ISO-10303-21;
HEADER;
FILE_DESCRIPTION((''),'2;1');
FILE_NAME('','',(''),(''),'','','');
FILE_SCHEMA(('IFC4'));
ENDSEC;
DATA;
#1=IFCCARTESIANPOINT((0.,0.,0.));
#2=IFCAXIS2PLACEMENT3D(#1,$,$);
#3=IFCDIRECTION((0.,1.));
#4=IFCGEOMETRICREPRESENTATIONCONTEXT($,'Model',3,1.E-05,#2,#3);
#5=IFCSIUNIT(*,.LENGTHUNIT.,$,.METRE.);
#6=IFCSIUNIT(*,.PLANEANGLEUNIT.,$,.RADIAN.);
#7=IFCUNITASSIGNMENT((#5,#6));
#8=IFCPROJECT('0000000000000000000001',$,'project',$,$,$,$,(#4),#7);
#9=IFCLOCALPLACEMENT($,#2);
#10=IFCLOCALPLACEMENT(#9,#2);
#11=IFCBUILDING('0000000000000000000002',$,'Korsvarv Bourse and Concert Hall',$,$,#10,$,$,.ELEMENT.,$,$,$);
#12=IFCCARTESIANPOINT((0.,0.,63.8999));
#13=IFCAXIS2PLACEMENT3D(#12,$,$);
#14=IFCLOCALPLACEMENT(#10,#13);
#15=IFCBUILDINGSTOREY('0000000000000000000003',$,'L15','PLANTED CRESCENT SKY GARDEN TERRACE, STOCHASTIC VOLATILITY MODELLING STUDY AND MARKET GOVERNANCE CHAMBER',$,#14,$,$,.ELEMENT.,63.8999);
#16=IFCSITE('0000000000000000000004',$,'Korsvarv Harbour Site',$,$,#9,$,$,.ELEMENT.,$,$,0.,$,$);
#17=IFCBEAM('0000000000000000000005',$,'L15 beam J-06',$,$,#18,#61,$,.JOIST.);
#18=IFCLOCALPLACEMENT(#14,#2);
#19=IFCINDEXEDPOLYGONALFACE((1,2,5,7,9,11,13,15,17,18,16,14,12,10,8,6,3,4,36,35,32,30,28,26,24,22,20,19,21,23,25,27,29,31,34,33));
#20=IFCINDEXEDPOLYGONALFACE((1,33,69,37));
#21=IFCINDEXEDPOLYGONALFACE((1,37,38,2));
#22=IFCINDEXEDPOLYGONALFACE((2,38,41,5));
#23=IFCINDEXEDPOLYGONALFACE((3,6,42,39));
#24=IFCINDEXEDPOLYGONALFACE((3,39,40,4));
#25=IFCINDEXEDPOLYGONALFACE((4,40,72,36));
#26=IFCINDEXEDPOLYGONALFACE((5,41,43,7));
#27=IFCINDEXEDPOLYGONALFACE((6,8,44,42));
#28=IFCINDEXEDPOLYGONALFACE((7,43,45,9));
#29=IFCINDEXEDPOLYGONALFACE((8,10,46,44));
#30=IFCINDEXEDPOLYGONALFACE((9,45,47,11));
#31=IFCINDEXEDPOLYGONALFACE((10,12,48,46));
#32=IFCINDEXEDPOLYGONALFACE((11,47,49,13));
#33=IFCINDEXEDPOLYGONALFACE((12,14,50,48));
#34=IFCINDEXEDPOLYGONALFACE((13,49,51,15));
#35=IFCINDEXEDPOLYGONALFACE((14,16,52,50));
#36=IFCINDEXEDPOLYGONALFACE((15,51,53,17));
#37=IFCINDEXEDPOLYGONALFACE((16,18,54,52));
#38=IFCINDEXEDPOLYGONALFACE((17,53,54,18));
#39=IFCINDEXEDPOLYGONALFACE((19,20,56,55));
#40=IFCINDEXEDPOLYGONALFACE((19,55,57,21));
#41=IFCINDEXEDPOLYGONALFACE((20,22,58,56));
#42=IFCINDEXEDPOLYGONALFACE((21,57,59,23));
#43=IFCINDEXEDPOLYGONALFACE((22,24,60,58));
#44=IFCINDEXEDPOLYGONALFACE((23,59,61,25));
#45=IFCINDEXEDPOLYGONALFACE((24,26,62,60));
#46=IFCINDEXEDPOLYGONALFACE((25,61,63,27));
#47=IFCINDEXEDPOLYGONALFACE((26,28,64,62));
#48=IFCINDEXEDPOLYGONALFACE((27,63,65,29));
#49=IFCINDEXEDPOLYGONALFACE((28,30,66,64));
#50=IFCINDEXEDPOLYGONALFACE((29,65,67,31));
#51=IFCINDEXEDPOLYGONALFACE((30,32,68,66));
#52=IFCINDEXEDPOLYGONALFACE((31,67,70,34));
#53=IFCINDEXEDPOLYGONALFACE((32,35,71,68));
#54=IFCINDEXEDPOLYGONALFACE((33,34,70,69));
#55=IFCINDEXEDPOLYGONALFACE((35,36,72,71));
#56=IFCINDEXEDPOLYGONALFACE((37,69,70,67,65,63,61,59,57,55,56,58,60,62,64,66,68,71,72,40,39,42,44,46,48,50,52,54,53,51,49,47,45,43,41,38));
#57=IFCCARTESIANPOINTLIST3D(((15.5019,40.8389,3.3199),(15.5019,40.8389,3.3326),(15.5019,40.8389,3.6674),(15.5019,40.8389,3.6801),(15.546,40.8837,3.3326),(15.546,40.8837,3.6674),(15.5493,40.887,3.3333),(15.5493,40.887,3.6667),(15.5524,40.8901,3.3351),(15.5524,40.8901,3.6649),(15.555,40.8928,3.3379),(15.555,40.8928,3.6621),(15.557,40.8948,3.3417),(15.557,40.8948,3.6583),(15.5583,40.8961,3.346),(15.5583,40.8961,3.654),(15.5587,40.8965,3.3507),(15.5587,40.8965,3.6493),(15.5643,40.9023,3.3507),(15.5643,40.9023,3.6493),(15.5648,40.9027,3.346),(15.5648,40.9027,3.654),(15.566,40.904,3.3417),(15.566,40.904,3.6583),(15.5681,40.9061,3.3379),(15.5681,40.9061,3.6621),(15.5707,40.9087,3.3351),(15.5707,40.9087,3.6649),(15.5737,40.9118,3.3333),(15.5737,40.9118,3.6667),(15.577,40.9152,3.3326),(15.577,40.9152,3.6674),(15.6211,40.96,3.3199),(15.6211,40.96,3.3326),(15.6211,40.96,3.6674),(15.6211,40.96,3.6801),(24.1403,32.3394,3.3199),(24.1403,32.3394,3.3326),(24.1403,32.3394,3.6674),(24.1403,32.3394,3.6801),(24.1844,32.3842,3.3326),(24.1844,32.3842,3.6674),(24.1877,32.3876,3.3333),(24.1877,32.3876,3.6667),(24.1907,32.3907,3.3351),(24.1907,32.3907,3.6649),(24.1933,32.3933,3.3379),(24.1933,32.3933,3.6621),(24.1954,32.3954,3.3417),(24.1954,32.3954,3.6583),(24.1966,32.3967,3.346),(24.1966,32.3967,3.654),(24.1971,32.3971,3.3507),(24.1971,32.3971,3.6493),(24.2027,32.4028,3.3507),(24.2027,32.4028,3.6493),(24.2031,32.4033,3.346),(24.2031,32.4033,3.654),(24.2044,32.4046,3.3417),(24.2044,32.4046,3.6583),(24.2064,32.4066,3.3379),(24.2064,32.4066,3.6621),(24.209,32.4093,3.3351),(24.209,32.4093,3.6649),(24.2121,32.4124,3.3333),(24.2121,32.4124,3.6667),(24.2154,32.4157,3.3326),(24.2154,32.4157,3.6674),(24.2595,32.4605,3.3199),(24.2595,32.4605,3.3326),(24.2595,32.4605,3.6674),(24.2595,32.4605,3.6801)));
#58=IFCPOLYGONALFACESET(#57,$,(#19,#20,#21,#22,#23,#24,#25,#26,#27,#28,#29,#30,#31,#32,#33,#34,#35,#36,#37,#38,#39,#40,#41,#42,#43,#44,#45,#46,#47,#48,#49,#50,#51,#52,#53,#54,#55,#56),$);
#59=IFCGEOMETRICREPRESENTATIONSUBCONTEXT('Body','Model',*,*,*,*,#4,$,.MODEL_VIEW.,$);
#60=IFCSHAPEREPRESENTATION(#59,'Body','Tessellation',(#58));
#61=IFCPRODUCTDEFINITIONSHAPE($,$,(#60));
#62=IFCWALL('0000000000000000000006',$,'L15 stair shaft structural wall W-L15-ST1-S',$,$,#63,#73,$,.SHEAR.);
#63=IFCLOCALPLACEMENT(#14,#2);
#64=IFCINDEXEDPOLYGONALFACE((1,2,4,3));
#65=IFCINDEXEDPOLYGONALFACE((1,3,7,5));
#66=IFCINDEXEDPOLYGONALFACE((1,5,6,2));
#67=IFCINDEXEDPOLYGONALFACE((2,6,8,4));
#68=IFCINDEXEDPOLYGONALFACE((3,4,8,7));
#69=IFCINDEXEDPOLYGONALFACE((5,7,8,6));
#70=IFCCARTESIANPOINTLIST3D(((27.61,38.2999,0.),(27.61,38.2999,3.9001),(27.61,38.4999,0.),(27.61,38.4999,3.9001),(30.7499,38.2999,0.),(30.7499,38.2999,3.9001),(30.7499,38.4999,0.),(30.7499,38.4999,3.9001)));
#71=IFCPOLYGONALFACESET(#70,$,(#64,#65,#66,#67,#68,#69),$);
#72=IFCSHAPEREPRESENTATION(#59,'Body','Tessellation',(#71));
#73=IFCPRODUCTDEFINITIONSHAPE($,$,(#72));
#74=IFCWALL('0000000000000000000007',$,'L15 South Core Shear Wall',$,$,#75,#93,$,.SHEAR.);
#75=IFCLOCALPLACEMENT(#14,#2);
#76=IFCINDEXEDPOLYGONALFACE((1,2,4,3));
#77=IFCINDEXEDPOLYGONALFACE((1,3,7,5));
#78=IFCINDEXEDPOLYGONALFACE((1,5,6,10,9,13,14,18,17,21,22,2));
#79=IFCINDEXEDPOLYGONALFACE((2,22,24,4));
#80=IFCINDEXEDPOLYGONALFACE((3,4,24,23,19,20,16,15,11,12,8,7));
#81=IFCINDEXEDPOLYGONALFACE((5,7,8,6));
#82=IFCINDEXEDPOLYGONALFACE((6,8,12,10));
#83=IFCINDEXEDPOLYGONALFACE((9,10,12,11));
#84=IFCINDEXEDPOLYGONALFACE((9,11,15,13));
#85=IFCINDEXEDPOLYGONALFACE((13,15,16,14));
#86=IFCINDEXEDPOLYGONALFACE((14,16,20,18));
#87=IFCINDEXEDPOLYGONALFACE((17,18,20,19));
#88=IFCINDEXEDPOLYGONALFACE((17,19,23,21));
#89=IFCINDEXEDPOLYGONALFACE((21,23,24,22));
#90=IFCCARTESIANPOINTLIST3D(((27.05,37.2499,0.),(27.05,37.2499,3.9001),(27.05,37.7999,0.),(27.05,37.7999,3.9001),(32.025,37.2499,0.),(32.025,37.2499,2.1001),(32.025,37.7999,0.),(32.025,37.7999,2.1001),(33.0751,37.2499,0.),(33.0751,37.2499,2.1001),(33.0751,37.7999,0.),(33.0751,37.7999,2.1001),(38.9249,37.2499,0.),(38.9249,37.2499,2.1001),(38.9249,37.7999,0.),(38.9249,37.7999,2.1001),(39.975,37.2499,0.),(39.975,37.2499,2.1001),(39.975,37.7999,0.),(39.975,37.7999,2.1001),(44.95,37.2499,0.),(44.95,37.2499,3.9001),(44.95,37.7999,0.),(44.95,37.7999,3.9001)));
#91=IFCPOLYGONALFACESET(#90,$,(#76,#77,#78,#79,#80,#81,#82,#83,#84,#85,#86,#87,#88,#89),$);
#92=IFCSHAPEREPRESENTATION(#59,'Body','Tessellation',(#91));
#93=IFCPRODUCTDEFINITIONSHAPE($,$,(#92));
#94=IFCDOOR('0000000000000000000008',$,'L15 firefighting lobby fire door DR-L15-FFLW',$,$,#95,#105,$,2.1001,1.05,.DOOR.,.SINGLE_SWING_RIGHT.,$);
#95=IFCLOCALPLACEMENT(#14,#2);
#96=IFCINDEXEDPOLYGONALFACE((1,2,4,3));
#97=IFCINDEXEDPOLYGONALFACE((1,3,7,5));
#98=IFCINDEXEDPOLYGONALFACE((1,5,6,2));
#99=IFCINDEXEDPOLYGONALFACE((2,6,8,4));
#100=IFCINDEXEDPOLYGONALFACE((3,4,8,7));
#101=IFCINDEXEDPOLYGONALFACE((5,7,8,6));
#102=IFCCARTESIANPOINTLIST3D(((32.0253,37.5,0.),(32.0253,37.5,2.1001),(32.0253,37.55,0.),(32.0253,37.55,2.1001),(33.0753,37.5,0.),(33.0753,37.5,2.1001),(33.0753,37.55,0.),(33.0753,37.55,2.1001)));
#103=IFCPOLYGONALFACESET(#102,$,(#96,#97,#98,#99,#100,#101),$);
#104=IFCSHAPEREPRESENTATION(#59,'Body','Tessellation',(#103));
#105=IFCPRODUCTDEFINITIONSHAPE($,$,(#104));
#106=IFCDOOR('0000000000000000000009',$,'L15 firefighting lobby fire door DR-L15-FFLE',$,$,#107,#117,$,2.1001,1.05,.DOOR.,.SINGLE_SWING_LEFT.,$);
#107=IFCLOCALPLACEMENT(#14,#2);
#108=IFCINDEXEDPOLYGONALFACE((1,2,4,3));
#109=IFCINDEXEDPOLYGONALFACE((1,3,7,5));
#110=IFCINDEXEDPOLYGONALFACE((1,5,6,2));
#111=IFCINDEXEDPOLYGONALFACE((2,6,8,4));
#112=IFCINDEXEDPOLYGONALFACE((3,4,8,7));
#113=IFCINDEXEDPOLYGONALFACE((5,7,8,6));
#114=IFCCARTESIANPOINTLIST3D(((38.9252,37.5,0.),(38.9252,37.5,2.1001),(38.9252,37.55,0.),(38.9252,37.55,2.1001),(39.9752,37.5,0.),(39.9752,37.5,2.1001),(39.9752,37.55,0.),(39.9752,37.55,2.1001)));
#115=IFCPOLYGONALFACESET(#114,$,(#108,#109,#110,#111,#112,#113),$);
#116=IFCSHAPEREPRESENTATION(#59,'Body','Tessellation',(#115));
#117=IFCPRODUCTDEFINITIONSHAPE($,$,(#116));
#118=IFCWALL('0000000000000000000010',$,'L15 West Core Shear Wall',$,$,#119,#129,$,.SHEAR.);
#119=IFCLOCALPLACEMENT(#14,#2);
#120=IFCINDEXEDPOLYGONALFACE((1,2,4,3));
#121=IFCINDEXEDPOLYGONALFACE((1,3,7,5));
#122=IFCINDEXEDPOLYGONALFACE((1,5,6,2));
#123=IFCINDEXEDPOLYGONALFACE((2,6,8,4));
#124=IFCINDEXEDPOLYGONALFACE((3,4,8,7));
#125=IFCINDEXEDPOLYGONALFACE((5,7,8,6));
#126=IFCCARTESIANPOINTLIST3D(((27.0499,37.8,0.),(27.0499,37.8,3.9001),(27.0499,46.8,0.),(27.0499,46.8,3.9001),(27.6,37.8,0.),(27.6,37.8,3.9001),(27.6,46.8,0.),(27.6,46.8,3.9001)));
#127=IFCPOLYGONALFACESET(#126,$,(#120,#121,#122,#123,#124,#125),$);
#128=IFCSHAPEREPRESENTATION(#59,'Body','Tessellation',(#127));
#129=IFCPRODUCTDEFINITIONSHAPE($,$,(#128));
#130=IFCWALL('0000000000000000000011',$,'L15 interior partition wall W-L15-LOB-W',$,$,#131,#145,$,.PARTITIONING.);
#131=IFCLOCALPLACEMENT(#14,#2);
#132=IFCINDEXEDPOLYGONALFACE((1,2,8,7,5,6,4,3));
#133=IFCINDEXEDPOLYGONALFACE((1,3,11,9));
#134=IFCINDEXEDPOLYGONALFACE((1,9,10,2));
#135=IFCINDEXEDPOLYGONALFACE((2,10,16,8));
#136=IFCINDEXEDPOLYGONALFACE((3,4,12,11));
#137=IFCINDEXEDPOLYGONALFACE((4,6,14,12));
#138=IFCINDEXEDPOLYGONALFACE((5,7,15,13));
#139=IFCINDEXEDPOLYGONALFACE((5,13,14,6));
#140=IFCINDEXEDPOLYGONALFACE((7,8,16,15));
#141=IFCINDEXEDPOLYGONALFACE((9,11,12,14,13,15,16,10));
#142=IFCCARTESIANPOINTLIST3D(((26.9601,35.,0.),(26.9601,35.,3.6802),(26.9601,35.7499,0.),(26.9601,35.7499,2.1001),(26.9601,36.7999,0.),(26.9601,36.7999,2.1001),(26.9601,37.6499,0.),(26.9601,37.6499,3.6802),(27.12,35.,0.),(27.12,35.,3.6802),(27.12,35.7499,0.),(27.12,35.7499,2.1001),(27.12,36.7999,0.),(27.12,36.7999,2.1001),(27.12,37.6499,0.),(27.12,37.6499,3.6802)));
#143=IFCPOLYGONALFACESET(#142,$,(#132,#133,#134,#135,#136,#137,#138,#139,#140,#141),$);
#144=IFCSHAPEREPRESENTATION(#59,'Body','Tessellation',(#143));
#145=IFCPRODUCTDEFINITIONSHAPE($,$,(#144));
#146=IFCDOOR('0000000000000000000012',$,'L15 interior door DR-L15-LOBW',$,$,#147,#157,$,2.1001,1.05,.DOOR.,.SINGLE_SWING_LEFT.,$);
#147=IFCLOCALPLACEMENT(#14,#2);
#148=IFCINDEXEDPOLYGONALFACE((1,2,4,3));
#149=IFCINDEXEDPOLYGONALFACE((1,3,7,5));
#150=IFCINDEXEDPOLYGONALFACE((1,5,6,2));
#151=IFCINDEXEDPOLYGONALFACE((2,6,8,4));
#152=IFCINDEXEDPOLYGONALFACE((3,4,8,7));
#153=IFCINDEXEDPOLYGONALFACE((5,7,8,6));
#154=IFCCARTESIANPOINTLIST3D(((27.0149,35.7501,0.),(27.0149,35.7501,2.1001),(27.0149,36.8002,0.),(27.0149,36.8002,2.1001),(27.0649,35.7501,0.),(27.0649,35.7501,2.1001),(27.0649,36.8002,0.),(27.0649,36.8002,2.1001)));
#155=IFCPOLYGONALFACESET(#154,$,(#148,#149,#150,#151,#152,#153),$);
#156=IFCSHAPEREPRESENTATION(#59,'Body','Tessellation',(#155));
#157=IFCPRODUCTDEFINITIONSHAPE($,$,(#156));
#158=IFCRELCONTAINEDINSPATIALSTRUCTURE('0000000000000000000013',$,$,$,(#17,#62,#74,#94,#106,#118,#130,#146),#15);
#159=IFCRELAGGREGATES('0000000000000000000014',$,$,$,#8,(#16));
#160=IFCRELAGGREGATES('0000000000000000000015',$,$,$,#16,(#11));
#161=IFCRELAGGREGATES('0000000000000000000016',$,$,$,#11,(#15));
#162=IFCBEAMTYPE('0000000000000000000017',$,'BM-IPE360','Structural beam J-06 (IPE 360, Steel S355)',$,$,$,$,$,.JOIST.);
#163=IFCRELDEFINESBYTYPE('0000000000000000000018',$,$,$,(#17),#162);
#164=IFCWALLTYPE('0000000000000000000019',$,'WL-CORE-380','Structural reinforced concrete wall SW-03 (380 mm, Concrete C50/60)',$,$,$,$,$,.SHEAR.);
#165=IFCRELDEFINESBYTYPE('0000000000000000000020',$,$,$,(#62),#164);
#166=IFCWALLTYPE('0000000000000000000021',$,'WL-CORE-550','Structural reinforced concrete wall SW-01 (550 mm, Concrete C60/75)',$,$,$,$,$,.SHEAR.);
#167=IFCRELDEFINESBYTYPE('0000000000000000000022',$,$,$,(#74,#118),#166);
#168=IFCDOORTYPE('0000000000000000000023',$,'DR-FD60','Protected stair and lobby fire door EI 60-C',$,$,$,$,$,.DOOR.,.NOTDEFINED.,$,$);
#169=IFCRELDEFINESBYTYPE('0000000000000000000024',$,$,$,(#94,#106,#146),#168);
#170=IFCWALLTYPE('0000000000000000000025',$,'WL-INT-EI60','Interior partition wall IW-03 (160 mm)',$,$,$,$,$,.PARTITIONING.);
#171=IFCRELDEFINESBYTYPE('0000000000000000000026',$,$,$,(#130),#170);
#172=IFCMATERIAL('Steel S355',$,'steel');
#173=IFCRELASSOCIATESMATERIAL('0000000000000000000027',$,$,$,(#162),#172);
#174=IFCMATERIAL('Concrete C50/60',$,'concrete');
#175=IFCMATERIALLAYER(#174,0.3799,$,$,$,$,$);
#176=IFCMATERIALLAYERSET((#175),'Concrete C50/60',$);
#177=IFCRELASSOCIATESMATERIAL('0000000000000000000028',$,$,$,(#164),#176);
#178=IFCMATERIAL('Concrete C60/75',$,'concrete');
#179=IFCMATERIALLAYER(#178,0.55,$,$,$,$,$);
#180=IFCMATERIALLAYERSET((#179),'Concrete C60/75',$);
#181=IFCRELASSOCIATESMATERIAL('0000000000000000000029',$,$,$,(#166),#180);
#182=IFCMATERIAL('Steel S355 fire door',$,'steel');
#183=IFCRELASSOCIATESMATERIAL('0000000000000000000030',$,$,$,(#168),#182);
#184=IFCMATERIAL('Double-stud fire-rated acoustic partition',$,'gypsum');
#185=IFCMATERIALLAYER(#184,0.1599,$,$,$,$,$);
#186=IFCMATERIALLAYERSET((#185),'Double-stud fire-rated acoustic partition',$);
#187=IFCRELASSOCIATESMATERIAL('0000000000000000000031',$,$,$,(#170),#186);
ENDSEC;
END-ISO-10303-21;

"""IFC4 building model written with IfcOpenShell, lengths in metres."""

from ifc_helpers import new_model, si_unit, direction, frame, frame_2d, origin, origin_2d, place, context, subcontext, project, spatial, rectangle, i_section, extrude, source, transform, mapped, material, layer, layer_set, material_profile, profile_set, type_object, element, fill, save


model = new_model("IFC4")

# Units and contexts
model_context = context("Model", 3, precision=1e-05, world=origin(), true_north=direction((0.0, 1.0)))
body_context = subcontext(model_context, "Body", "Model", "MODEL_VIEW")
ifc_project = project(units=[si_unit("LENGTHUNIT", "METRE"), si_unit("PLANEANGLEUNIT", "RADIAN")], contexts=[model_context])

# Site, building, storey
site_placement = place(None, origin())
site = spatial("IfcSite", under=ifc_project, at=site_placement, Name="Korsvarv Harbour Site", CompositionType="ELEMENT", RefElevation=0.0)
building_placement = place(site_placement, origin())
building = spatial("IfcBuilding", under=site, at=building_placement, Name="Korsvarv Bourse and Concert Hall", CompositionType="ELEMENT")
storey_placement = place(building_placement, frame((0.0, 0.0, 63.8999)))
storey = spatial("IfcBuildingStorey", under=building, at=storey_placement, Name="L15", Description="PLANTED CRESCENT SKY GARDEN TERRACE, STOCHASTIC VOLATILITY MODELLING STUDY AND MARKET GOVERNANCE CHAMBER", CompositionType="ELEMENT", Elevation=63.8999)

# Shared definitions
ifc_material_1 = material(Name="Concrete C60/75", Category="concrete")

# Beam
ifc_material_2 = material(Name="Steel S355", Category="steel")
ifc_material_profile_1 = material_profile(ifc_material_2, i_section(OverallWidth=0.1699, OverallDepth=0.3601, WebThickness=0.0081, FlangeThickness=0.0127, FilletRadius=0.0181, at=origin_2d()), Name="IPE 360")
ifc_profile_set_1 = profile_set([ifc_material_profile_1], Name="Steel S355")
beam_type_1 = type_object("IfcBeamType", Name="BM-IPE360", Description="Structural beam J-06 (IPE 360, Steel S355)", PredefinedType="JOIST", material=ifc_profile_set_1)
shared_shape_1 = source(origin(), body_context, "Body", "SweptSolid", [
    extrude(i_section(OverallWidth=0.1699, OverallDepth=0.3601, WebThickness=0.0081, FlangeThickness=0.0127, FilletRadius=0.0181, at=origin_2d()), origin(), (0.0, 0.0, 1.0), 12.1187),
])
beam_1_placement = place(storey_placement, frame((15.5615, 40.8994, 3.5), z_axis=(0.712815, -0.701352, 0.0), x_axis=(0.701352, 0.712815, 0.0)))
element("IfcBeam", 1, at=beam_1_placement, inside=storey, type_object=beam_type_1, Name="L15 beam J-06", PredefinedType="JOIST", context=body_context, shape_type="MappedRepresentation", body=[
    mapped(shared_shape_1, transform((0.0, 0.0, 0.0), scale=1.0)),
])

# Wall
ifc_material_3 = material(Name="Concrete C50/60", Category="concrete")
ifc_layer_1 = layer(ifc_material_3, 0.3799)
ifc_layer_set_1 = layer_set([ifc_layer_1], Name="Concrete C50/60")
wall_type_1 = type_object("IfcWallType", Name="WL-CORE-380", Description="Structural reinforced concrete wall SW-03 (380 mm, Concrete C50/60)", PredefinedType="SHEAR", material=ifc_layer_set_1)
wall_1_placement = place(storey_placement, frame((27.6101, 38.3999, 0.0), z_axis=(0.0, 0.0, 1.0), x_axis=(1.0, 0.0, 0.0)))
element("IfcWall", 2, at=wall_1_placement, inside=storey, type_object=wall_type_1, Name="L15 stair shaft structural wall W-L15-ST1-S", PredefinedType="SHEAR", context=body_context, shape_type="SweptSolid", body=[
    extrude(rectangle(XDim=3.1399, YDim=0.2, at=frame_2d((1.5698, 0.0))), origin(), (0.0, 0.0, 1.0), 3.9001),
])

# Wall, openings, doors
ifc_layer_2 = layer(ifc_material_1, 0.55)
ifc_layer_set_2 = layer_set([ifc_layer_2], Name="Concrete C60/75")
wall_type_2 = type_object("IfcWallType", Name="WL-CORE-550", Description="Structural reinforced concrete wall SW-01 (550 mm, Concrete C60/75)", PredefinedType="SHEAR", material=ifc_layer_set_2)
wall_2_placement = place(storey_placement, frame((27.05, 37.5249, 0.0), z_axis=(0.0, 0.0, 1.0), x_axis=(1.0, 0.0, 0.0)))
wall_2 = element("IfcWall", 3, at=wall_2_placement, inside=storey, type_object=wall_type_2, Name="L15 South Core Shear Wall", PredefinedType="SHEAR", context=body_context, shape_type="SweptSolid", body=[
    extrude(rectangle(XDim=17.8999, YDim=0.55, at=frame_2d((8.95, 0.0))), origin(), (0.0, 0.0, 1.0), 3.9001),
])
opening_1_placement = place(wall_2_placement, frame((4.9751, 0.0, 0.0)))
opening_1 = element("IfcOpeningElement", 4, at=opening_1_placement, cuts=wall_2, PredefinedType="OPENING", context=body_context, shape_type="SweptSolid", body=[
    extrude(rectangle(XDim=1.05, YDim=2.1001, at=frame_2d((0.5249, 1.05))), frame((0.0, 0.2852, 0.0), z_axis=(0.0, -1.0, 0.0), x_axis=(1.0, 0.0, 0.0)), (0.0, 0.0, 1.0), 0.5701),
])
opening_2_placement = place(wall_2_placement, frame((11.875, 0.0, 0.0)))
opening_2 = element("IfcOpeningElement", 5, at=opening_2_placement, cuts=wall_2, PredefinedType="OPENING", context=body_context, shape_type="SweptSolid", body=[
    extrude(rectangle(XDim=1.05, YDim=2.1001, at=frame_2d((0.5249, 1.05))), frame((0.0, 0.2852, 0.0), z_axis=(0.0, -1.0, 0.0), x_axis=(1.0, 0.0, 0.0)), (0.0, 0.0, 1.0), 0.5701),
])
ifc_material_4 = material(Name="Steel S355 fire door", Category="steel")
door_type_1 = type_object("IfcDoorType", Name="DR-FD60", Description="Protected stair and lobby fire door EI 60-C", OperationType="NOTDEFINED", PredefinedType="DOOR", material=ifc_material_4)
door_1_placement = place(opening_1_placement, frame((1.05, 0.0, 0.0), z_axis=(0.0, 0.0, 1.0), x_axis=(-1.0, 0.0, 0.0)))
door_1 = element("IfcDoor", 6, at=door_1_placement, inside=storey, type_object=door_type_1, Name="L15 firefighting lobby fire door DR-L15-FFLW", OperationType="SINGLE_SWING_RIGHT", OverallHeight=2.1001, OverallWidth=1.05, PredefinedType="DOOR", context=body_context, shape_type="SweptSolid", body=[
    extrude(rectangle(XDim=1.05, YDim=2.1001, at=frame_2d((0.5249, 1.05))), frame((0.0, 0.0249, 0.0), z_axis=(0.0, -1.0, 0.0), x_axis=(1.0, 0.0, 0.0)), (0.0, 0.0, 1.0), 0.05),
])
fill(opening_1, door_1)
door_2_placement = place(opening_2_placement, frame((1.05, 0.0, 0.0), z_axis=(0.0, 0.0, 1.0), x_axis=(-1.0, 0.0, 0.0)))
door_2 = element("IfcDoor", 7, at=door_2_placement, inside=storey, type_object=door_type_1, Name="L15 firefighting lobby fire door DR-L15-FFLE", OperationType="SINGLE_SWING_LEFT", OverallHeight=2.1001, OverallWidth=1.05, PredefinedType="DOOR", context=body_context, shape_type="SweptSolid", body=[
    extrude(rectangle(XDim=1.05, YDim=2.1001, at=frame_2d((0.5249, 1.05))), frame((0.0, 0.0249, 0.0), z_axis=(0.0, -1.0, 0.0), x_axis=(1.0, 0.0, 0.0)), (0.0, 0.0, 1.0), 0.05),
])
fill(opening_2, door_2)

# Wall
wall_3_placement = place(storey_placement, frame((27.325, 37.8, 0.0), z_axis=(0.0, 0.0, 1.0), x_axis=(0.0, 1.0, 0.0)))
element("IfcWall", 8, at=wall_3_placement, inside=storey, type_object=wall_type_2, Name="L15 West Core Shear Wall", PredefinedType="SHEAR", context=body_context, shape_type="SweptSolid", body=[
    extrude(rectangle(XDim=9.0, YDim=0.55, at=frame_2d((4.5, 0.0))), origin(), (0.0, 0.0, 1.0), 3.9001),
])

# Wall, opening, door
ifc_material_5 = material(Name="Double-stud fire-rated acoustic partition", Category="gypsum")
ifc_layer_3 = layer(ifc_material_5, 0.1599)
ifc_layer_set_3 = layer_set([ifc_layer_3], Name="Double-stud fire-rated acoustic partition")
wall_type_3 = type_object("IfcWallType", Name="WL-INT-EI60", Description="Interior partition wall IW-03 (160 mm)", PredefinedType="PARTITIONING", material=ifc_layer_set_3)
wall_4_placement = place(storey_placement, frame((27.04, 35.0, 0.0), z_axis=(0.0, 0.0, 1.0), x_axis=(0.0, 1.0, 0.0)))
wall_4 = element("IfcWall", 9, at=wall_4_placement, inside=storey, type_object=wall_type_3, Name="L15 interior partition wall W-L15-LOB-W", PredefinedType="PARTITIONING", context=body_context, shape_type="SweptSolid", body=[
    extrude(rectangle(XDim=2.6499, YDim=0.1599, at=frame_2d((1.325, 0.0))), origin(), (0.0, 0.0, 1.0), 3.6802),
])
opening_3_placement = place(wall_4_placement, frame((0.75, 0.0, 0.0)))
opening_3 = element("IfcOpeningElement", 10, at=opening_3_placement, cuts=wall_4, PredefinedType="OPENING", context=body_context, shape_type="SweptSolid", body=[
    extrude(rectangle(XDim=1.05, YDim=2.1001, at=frame_2d((0.5249, 1.05))), frame((0.0, 0.0898, 0.0), z_axis=(0.0, -1.0, 0.0), x_axis=(1.0, 0.0, 0.0)), (0.0, 0.0, 1.0), 0.1799),
])
door_3_placement = place(opening_3_placement, frame((1.05, 0.0, 0.0), z_axis=(0.0, 0.0, 1.0), x_axis=(-1.0, 0.0, 0.0)))
door_3 = element("IfcDoor", 11, at=door_3_placement, inside=storey, type_object=door_type_1, Name="L15 interior door DR-L15-LOBW", OperationType="SINGLE_SWING_LEFT", OverallHeight=2.1001, OverallWidth=1.05, PredefinedType="DOOR", context=body_context, shape_type="SweptSolid", body=[
    extrude(rectangle(XDim=1.05, YDim=2.1001, at=frame_2d((0.5249, 1.05))), frame((0.0, 0.0249, 0.0), z_axis=(0.0, -1.0, 0.0), x_axis=(1.0, 0.0, 0.0)), (0.0, 0.0, 1.0), 0.05),
])
fill(opening_3, door_3)

save(model, "model.ifc")
